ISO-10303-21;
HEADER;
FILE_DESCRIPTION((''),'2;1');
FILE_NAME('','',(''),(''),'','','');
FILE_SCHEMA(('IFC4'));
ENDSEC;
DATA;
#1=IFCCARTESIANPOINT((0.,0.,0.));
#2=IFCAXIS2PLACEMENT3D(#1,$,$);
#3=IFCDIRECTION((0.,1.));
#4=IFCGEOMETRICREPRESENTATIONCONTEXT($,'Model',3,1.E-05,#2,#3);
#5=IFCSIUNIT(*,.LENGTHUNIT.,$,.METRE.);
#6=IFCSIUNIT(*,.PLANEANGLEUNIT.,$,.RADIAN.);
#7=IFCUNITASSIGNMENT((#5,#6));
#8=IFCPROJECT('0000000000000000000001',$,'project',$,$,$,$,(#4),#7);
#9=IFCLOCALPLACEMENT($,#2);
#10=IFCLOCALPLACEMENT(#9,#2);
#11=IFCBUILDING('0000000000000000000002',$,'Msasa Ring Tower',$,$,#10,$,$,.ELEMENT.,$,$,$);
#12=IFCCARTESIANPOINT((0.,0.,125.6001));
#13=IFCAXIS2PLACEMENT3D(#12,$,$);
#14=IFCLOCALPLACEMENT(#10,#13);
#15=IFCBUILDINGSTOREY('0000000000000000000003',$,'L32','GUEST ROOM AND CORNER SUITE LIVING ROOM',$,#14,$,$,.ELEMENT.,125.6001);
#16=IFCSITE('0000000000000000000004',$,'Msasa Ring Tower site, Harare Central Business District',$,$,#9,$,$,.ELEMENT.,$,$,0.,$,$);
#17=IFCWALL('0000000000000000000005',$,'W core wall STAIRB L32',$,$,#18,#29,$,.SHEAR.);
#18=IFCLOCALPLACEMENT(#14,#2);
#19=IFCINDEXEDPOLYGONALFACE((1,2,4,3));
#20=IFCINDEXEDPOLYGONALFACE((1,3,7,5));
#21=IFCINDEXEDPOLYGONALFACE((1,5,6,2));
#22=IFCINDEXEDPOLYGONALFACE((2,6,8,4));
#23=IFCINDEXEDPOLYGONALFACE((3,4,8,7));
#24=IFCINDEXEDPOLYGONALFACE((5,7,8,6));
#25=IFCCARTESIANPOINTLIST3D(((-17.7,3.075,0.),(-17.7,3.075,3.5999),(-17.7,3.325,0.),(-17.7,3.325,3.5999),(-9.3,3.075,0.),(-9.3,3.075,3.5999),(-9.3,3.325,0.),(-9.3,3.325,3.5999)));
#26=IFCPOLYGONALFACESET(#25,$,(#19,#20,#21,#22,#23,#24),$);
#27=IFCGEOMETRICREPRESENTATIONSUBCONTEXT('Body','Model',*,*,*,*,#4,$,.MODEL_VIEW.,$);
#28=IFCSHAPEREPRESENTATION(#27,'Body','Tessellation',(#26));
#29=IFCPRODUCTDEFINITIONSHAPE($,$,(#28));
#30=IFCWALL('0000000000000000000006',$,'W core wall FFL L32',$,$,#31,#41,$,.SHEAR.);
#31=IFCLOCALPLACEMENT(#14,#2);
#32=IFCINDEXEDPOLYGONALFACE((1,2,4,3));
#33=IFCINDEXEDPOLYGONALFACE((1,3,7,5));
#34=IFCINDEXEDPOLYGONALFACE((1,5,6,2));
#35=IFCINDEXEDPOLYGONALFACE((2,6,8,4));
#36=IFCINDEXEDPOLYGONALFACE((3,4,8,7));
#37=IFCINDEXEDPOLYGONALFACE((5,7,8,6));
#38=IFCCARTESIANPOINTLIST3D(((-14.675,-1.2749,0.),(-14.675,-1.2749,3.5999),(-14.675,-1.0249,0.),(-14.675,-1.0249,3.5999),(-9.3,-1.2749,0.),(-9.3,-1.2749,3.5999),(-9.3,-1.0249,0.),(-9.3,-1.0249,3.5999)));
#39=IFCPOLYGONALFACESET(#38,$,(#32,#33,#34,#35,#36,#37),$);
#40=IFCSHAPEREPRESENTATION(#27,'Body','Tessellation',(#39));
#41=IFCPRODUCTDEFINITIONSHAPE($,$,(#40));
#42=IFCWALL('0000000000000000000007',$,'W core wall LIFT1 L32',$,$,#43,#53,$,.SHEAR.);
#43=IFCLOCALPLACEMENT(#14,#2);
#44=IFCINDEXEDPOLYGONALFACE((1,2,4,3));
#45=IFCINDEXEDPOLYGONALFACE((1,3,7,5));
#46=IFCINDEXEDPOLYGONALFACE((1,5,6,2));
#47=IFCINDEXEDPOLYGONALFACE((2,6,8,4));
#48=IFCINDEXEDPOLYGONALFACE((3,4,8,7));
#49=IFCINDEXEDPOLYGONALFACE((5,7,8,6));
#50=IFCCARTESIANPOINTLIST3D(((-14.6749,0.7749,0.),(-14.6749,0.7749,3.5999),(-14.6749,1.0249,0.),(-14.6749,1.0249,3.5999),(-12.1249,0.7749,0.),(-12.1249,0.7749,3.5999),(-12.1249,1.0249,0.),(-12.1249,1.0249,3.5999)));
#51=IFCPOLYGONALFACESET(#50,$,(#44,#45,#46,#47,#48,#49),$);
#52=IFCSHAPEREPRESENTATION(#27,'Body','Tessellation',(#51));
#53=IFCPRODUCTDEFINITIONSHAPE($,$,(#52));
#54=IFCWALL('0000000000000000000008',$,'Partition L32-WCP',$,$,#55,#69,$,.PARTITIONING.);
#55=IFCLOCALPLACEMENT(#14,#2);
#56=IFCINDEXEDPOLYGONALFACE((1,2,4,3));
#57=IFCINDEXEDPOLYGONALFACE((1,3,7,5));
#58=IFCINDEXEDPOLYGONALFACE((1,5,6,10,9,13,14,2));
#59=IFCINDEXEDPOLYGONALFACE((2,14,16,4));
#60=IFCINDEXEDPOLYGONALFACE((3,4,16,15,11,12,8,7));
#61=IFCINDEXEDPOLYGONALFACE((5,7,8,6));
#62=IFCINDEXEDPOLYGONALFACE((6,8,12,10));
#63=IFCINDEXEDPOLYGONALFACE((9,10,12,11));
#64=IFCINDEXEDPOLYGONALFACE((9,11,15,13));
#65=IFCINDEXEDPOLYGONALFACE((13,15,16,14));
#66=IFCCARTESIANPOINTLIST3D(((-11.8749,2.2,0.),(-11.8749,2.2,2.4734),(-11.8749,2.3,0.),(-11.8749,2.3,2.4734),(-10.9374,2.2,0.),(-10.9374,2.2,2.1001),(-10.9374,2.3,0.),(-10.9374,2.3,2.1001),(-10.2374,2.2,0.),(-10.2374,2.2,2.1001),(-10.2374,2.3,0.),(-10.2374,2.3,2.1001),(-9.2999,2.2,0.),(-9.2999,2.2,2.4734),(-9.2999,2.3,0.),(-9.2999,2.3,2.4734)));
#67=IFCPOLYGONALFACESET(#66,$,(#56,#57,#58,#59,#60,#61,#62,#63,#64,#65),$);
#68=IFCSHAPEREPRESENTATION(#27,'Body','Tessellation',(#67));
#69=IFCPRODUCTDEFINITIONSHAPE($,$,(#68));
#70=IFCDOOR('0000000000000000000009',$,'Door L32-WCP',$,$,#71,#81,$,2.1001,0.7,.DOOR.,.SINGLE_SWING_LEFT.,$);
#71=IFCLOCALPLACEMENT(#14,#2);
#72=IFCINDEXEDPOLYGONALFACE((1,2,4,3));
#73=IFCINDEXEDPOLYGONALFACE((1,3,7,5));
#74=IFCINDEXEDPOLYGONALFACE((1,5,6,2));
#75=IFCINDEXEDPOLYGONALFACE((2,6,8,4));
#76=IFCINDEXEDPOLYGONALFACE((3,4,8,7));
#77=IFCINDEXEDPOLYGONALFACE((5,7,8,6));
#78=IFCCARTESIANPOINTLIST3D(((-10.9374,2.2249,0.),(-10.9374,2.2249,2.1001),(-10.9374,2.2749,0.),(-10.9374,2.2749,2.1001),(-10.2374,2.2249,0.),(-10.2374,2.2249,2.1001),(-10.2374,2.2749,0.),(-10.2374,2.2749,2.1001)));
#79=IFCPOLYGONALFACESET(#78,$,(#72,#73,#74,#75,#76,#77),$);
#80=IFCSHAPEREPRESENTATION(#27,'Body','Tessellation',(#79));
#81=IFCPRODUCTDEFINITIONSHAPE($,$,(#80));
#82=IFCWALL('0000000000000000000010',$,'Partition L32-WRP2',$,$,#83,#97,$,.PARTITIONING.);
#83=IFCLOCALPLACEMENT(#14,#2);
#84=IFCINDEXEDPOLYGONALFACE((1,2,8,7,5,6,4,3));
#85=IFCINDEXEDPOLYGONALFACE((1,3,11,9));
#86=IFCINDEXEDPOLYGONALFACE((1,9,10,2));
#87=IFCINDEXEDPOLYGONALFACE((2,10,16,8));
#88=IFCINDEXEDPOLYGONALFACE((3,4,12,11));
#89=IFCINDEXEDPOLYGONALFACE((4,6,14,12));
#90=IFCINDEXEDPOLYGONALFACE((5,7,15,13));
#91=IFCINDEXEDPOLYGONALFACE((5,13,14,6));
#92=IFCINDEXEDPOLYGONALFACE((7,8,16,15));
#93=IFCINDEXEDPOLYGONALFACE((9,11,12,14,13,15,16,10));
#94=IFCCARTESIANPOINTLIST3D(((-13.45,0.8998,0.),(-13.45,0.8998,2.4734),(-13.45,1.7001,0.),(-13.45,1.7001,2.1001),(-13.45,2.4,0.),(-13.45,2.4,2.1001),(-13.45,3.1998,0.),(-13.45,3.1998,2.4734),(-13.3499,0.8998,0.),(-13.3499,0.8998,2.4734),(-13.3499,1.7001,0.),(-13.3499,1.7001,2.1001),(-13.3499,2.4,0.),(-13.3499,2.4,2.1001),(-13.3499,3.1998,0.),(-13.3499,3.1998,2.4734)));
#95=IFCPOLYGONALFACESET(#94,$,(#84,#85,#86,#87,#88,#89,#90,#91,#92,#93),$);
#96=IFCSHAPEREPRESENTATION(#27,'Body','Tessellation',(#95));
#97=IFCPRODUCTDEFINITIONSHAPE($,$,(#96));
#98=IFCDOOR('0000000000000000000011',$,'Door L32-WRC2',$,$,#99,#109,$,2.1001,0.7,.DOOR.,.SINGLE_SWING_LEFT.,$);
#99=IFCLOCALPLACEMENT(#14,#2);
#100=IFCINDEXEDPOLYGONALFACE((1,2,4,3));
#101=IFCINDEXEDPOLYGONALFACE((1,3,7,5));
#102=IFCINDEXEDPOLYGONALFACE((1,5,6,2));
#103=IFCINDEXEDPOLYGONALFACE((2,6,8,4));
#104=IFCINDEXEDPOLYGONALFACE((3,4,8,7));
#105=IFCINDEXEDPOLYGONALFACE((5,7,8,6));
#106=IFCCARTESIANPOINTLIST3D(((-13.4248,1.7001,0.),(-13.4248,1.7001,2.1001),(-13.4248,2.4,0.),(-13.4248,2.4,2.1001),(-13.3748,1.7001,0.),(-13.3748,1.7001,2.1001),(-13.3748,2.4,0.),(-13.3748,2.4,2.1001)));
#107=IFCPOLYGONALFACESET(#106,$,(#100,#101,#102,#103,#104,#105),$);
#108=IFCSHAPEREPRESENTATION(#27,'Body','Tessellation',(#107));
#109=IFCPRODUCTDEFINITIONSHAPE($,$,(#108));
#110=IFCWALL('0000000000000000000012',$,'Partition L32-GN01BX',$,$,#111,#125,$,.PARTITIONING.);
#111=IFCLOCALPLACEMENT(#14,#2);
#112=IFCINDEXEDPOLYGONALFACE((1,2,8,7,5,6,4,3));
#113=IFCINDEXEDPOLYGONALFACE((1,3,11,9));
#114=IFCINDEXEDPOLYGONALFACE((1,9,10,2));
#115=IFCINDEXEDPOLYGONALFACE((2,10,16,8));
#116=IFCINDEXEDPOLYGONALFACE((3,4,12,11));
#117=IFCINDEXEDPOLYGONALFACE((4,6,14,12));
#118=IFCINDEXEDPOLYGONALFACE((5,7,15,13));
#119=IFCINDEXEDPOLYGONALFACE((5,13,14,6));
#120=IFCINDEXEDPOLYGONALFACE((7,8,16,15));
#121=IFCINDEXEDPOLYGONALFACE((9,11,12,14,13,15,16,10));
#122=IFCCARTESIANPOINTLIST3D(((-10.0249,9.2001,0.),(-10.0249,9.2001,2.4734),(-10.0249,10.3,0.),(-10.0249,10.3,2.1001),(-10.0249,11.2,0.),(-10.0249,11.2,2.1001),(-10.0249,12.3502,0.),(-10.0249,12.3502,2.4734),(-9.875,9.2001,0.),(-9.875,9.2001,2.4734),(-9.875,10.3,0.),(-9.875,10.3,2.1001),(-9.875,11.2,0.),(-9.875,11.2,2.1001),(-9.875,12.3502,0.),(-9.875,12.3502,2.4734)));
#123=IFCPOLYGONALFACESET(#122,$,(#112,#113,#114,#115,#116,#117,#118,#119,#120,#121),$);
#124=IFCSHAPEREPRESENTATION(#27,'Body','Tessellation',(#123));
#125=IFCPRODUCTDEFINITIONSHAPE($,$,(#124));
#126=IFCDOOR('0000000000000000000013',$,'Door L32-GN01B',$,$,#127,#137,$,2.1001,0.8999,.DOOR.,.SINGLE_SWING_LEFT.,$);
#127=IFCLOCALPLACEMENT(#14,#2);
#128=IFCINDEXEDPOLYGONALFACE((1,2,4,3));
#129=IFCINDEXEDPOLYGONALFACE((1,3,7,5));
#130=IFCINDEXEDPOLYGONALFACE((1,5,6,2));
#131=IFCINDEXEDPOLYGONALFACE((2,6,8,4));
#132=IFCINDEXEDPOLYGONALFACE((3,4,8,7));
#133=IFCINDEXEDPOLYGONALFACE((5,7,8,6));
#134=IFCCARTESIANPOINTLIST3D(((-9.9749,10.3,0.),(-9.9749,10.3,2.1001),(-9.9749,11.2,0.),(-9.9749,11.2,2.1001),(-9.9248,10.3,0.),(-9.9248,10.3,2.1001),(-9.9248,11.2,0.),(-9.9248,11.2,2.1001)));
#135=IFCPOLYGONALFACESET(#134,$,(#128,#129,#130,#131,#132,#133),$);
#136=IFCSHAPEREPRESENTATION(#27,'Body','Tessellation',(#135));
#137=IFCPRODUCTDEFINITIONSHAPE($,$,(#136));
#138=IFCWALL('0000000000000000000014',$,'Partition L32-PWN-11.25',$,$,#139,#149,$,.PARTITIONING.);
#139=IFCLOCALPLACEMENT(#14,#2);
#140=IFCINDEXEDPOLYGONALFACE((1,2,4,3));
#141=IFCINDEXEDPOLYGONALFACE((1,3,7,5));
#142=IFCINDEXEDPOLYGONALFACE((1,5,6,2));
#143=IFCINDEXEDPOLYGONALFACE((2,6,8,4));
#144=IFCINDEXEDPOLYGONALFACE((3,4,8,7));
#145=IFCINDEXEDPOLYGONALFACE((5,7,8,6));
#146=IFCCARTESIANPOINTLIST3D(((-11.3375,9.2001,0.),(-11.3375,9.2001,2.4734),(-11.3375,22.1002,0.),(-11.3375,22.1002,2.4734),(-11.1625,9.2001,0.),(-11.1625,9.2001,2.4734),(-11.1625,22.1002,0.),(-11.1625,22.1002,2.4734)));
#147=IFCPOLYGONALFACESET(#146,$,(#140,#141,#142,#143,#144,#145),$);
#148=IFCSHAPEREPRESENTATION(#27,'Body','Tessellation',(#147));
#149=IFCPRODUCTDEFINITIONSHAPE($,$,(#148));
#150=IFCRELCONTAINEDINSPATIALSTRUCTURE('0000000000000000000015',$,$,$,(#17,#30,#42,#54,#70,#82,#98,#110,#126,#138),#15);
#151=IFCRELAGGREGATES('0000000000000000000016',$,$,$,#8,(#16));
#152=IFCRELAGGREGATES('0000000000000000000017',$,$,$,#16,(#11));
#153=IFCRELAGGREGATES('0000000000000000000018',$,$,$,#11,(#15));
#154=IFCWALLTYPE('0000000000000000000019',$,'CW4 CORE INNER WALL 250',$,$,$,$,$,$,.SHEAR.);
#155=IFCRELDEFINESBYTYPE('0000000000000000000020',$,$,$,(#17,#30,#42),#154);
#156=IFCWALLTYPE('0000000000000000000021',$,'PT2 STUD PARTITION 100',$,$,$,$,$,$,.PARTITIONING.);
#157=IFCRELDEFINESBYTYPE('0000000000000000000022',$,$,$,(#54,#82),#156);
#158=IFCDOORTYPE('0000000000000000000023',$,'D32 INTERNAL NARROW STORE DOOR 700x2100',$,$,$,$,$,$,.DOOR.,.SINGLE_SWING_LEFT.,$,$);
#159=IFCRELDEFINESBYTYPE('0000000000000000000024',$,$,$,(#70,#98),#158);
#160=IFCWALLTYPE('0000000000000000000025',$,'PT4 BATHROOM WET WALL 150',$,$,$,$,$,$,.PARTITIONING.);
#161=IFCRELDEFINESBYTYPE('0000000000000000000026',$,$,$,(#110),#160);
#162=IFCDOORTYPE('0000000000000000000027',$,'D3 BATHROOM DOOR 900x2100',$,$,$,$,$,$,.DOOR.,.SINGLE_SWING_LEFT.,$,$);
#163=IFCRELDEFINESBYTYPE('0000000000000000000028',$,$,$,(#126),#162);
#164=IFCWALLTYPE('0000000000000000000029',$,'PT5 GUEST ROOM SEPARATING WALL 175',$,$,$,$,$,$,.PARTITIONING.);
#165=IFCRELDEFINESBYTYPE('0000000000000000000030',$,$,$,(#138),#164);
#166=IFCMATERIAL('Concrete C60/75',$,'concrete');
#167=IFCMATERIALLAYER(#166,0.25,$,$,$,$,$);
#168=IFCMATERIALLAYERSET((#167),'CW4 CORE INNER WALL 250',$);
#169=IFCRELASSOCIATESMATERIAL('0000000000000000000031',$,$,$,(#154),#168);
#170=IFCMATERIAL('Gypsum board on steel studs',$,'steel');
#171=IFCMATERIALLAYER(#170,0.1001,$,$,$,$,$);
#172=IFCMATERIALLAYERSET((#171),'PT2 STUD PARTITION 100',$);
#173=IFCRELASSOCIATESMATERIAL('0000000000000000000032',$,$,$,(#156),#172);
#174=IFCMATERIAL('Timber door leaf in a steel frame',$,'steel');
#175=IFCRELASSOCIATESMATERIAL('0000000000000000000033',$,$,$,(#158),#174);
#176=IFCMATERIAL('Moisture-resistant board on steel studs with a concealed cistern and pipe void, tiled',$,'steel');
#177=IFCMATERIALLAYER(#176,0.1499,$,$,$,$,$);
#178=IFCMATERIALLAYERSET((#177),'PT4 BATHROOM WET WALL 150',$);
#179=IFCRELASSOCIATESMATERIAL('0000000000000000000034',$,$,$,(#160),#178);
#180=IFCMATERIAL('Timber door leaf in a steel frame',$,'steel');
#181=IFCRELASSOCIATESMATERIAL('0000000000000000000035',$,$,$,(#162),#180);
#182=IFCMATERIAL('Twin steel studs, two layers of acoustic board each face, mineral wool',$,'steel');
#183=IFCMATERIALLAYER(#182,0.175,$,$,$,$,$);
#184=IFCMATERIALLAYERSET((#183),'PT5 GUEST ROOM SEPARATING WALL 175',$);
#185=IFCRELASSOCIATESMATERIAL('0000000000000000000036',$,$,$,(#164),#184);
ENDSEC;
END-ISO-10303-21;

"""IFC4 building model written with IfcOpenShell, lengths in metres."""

from ifc_helpers import new_model, si_unit, direction, frame, frame_2d, origin, place, context, subcontext, project, spatial, rectangle, extrude, material, layer, layer_set, type_object, element, fill, save


model = new_model("IFC4")

# Units and contexts
model_context = context("Model", 3, precision=1e-05, world=origin(), true_north=direction((0.0, 1.0)))
body_context = subcontext(model_context, "Body", "Model", "MODEL_VIEW")
ifc_project = project(units=[si_unit("LENGTHUNIT", "METRE"), si_unit("PLANEANGLEUNIT", "RADIAN")], contexts=[model_context])

# Site, building, storey
site_placement = place(None, origin())
site = spatial("IfcSite", under=ifc_project, at=site_placement, Name="Msasa Ring Tower site, Harare Central Business District", CompositionType="ELEMENT", RefElevation=0.0)
building_placement = place(site_placement, origin())
building = spatial("IfcBuilding", under=site, at=building_placement, Name="Msasa Ring Tower", CompositionType="ELEMENT")
storey_placement = place(building_placement, frame((0.0, 0.0, 125.6001)))
storey = spatial("IfcBuildingStorey", under=building, at=storey_placement, Name="L32", Description="GUEST ROOM AND CORNER SUITE LIVING ROOM", CompositionType="ELEMENT", Elevation=125.6001)

# Walls
ifc_material_1 = material(Name="Concrete C60/75", Category="concrete")
ifc_layer_1 = layer(ifc_material_1, 0.25)
ifc_layer_set_1 = layer_set([ifc_layer_1], Name="CW4 CORE INNER WALL 250")
wall_type_1 = type_object("IfcWallType", Name="CW4 CORE INNER WALL 250", PredefinedType="SHEAR", material=ifc_layer_set_1)
wall_1_placement = place(storey_placement, frame((-9.3, 3.2, 0.0), z_axis=(0.0, 0.0, 1.0), x_axis=(-1.0, 0.0, 0.0)))
element("IfcWall", 1, at=wall_1_placement, inside=storey, type_object=wall_type_1, Name="W core wall STAIRB L32", PredefinedType="SHEAR", context=body_context, shape_type="SweptSolid", body=[
    extrude(rectangle(XDim=8.3999, YDim=0.25, at=frame_2d((4.2, 0.0))), origin(), (0.0, 0.0, 1.0), 3.5999),
])
wall_2_placement = place(storey_placement, frame((-9.3, -1.1499, 0.0), z_axis=(0.0, 0.0, 1.0), x_axis=(-1.0, 0.0, 0.0)))
element("IfcWall", 2, at=wall_2_placement, inside=storey, type_object=wall_type_1, Name="W core wall FFL L32", PredefinedType="SHEAR", context=body_context, shape_type="SweptSolid", body=[
    extrude(rectangle(XDim=5.375, YDim=0.25, at=frame_2d((2.6875, 0.0))), origin(), (0.0, 0.0, 1.0), 3.5999),
])
wall_3_placement = place(storey_placement, frame((-12.125, 0.8999, 0.0), z_axis=(0.0, 0.0, 1.0), x_axis=(-1.0, 0.0, 0.0)))
element("IfcWall", 3, at=wall_3_placement, inside=storey, type_object=wall_type_1, Name="W core wall LIFT1 L32", PredefinedType="SHEAR", context=body_context, shape_type="SweptSolid", body=[
    extrude(rectangle(XDim=2.55, YDim=0.25, at=frame_2d((1.2749, 0.0))), origin(), (0.0, 0.0, 1.0), 3.5999),
])

# Walls, openings, doors
ifc_material_2 = material(Name="Gypsum board on steel studs", Category="steel")
ifc_layer_2 = layer(ifc_material_2, 0.1001)
ifc_layer_set_2 = layer_set([ifc_layer_2], Name="PT2 STUD PARTITION 100")
wall_type_2 = type_object("IfcWallType", Name="PT2 STUD PARTITION 100", PredefinedType="PARTITIONING", material=ifc_layer_set_2)
wall_4_placement = place(storey_placement, frame((-11.875, 2.25, 0.0), z_axis=(0.0, 0.0, 1.0), x_axis=(1.0, 0.0, 0.0)))
wall_4 = element("IfcWall", 4, at=wall_4_placement, inside=storey, type_object=wall_type_2, Name="Partition L32-WCP", PredefinedType="PARTITIONING", context=body_context, shape_type="SweptSolid", body=[
    extrude(rectangle(XDim=2.575, YDim=0.1001, at=frame_2d((1.2876, 0.0))), origin(), (0.0, 0.0, 1.0), 2.4734),
])
opening_1_placement = place(wall_4_placement, frame((0.9375, 0.0, 0.0)))
opening_1 = element("IfcOpeningElement", 5, at=opening_1_placement, cuts=wall_4, PredefinedType="OPENING", context=body_context, shape_type="SweptSolid", body=[
    extrude(rectangle(XDim=0.7, YDim=2.1001, at=frame_2d((0.3501, 1.05))), frame((0.0, 0.0601, 0.0), z_axis=(0.0, -1.0, 0.0), x_axis=(1.0, 0.0, 0.0)), (0.0, 0.0, 1.0), 0.1201),
])
ifc_material_3 = material(Name="Timber door leaf in a steel frame", Category="steel")
door_type_1 = type_object("IfcDoorType", Name="D32 INTERNAL NARROW STORE DOOR 700x2100", OperationType="SINGLE_SWING_LEFT", PredefinedType="DOOR", material=ifc_material_3)
door_1_placement = place(opening_1_placement, origin())
door_1 = element("IfcDoor", 6, at=door_1_placement, inside=storey, type_object=door_type_1, Name="Door L32-WCP", OperationType="SINGLE_SWING_LEFT", OverallHeight=2.1001, OverallWidth=0.7, PredefinedType="DOOR", context=body_context, shape_type="SweptSolid", body=[
    extrude(rectangle(XDim=0.7, YDim=2.1001, at=frame_2d((0.3501, 1.05))), frame((0.0, 0.0249, 0.0), z_axis=(0.0, -1.0, 0.0), x_axis=(1.0, 0.0, 0.0)), (0.0, 0.0, 1.0), 0.05),
])
fill(opening_1, door_1)
wall_5_placement = place(storey_placement, frame((-13.3999, 0.8999, 0.0), z_axis=(0.0, 0.0, 1.0), x_axis=(0.0, 1.0, 0.0)))
wall_5 = element("IfcWall", 7, at=wall_5_placement, inside=storey, type_object=wall_type_2, Name="Partition L32-WRP2", PredefinedType="PARTITIONING", context=body_context, shape_type="SweptSolid", body=[
    extrude(rectangle(XDim=2.3, YDim=0.1001, at=frame_2d((1.1499, 0.0))), origin(), (0.0, 0.0, 1.0), 2.4734),
])
opening_2_placement = place(wall_5_placement, frame((0.8, 0.0, 0.0)))
opening_2 = element("IfcOpeningElement", 8, at=opening_2_placement, cuts=wall_5, PredefinedType="OPENING", context=body_context, shape_type="SweptSolid", body=[
    extrude(rectangle(XDim=0.7, YDim=2.1001, at=frame_2d((0.3501, 1.05))), frame((0.0, 0.0601, 0.0), z_axis=(0.0, -1.0, 0.0), x_axis=(1.0, 0.0, 0.0)), (0.0, 0.0, 1.0), 0.1201),
])
door_2_placement = place(opening_2_placement, origin())
door_2 = element("IfcDoor", 9, at=door_2_placement, inside=storey, type_object=door_type_1, Name="Door L32-WRC2", OperationType="SINGLE_SWING_LEFT", OverallHeight=2.1001, OverallWidth=0.7, PredefinedType="DOOR", context=body_context, shape_type="SweptSolid", body=[
    extrude(rectangle(XDim=0.7, YDim=2.1001, at=frame_2d((0.3501, 1.05))), frame((0.0, 0.0249, 0.0), z_axis=(0.0, -1.0, 0.0), x_axis=(1.0, 0.0, 0.0)), (0.0, 0.0, 1.0), 0.05),
])
fill(opening_2, door_2)
ifc_material_4 = material(Name="Moisture-resistant board on steel studs with a concealed cistern and pipe void, tiled", Category="steel")
ifc_layer_3 = layer(ifc_material_4, 0.1499)
ifc_layer_set_3 = layer_set([ifc_layer_3], Name="PT4 BATHROOM WET WALL 150")
wall_type_3 = type_object("IfcWallType", Name="PT4 BATHROOM WET WALL 150", PredefinedType="PARTITIONING", material=ifc_layer_set_3)
wall_6_placement = place(storey_placement, frame((-9.95, 9.2, 0.0), z_axis=(0.0, 0.0, 1.0), x_axis=(0.0, 1.0, 0.0)))
wall_6 = element("IfcWall", 10, at=wall_6_placement, inside=storey, type_object=wall_type_3, Name="Partition L32-GN01BX", PredefinedType="PARTITIONING", context=body_context, shape_type="SweptSolid", body=[
    extrude(rectangle(XDim=3.1501, YDim=0.1499, at=frame_2d((1.5752, 0.0))), origin(), (0.0, 0.0, 1.0), 2.4734),
])
opening_3_placement = place(wall_6_placement, frame((1.1001, 0.0, 0.0)))
opening_3 = element("IfcOpeningElement", 11, at=opening_3_placement, cuts=wall_6, PredefinedType="OPENING", context=body_context, shape_type="SweptSolid", body=[
    extrude(rectangle(XDim=0.8999, YDim=2.1001, at=frame_2d((0.45, 1.05))), frame((0.0, 0.085, 0.0), z_axis=(0.0, -1.0, 0.0), x_axis=(1.0, 0.0, 0.0)), (0.0, 0.0, 1.0), 0.1699),
])
ifc_material_5 = material(Name="Timber door leaf in a steel frame", Category="steel")
door_type_2 = type_object("IfcDoorType", Name="D3 BATHROOM DOOR 900x2100", OperationType="SINGLE_SWING_LEFT", PredefinedType="DOOR", material=ifc_material_5)
door_3_placement = place(opening_3_placement, origin())
door_3 = element("IfcDoor", 12, at=door_3_placement, inside=storey, type_object=door_type_2, Name="Door L32-GN01B", OperationType="SINGLE_SWING_LEFT", OverallHeight=2.1001, OverallWidth=0.8999, PredefinedType="DOOR", context=body_context, shape_type="SweptSolid", body=[
    extrude(rectangle(XDim=0.8999, YDim=2.1001, at=frame_2d((0.45, 1.05))), frame((0.0, 0.0249, 0.0), z_axis=(0.0, -1.0, 0.0), x_axis=(1.0, 0.0, 0.0)), (0.0, 0.0, 1.0), 0.05),
])
fill(opening_3, door_3)

# Wall
ifc_material_6 = material(Name="Twin steel studs, two layers of acoustic board each face, mineral wool", Category="steel")
ifc_layer_4 = layer(ifc_material_6, 0.175)
ifc_layer_set_4 = layer_set([ifc_layer_4], Name="PT5 GUEST ROOM SEPARATING WALL 175")
wall_type_4 = type_object("IfcWallType", Name="PT5 GUEST ROOM SEPARATING WALL 175", PredefinedType="PARTITIONING", material=ifc_layer_set_4)
wall_7_placement = place(storey_placement, frame((-11.25, 9.2, 0.0), z_axis=(0.0, 0.0, 1.0), x_axis=(0.0, 1.0, 0.0)))
element("IfcWall", 13, at=wall_7_placement, inside=storey, type_object=wall_type_4, Name="Partition L32-PWN-11.25", PredefinedType="PARTITIONING", context=body_context, shape_type="SweptSolid", body=[
    extrude(rectangle(XDim=12.9001, YDim=0.175, at=frame_2d((6.4502, 0.0))), origin(), (0.0, 0.0, 1.0), 2.4734),
])

save(model, "model.ifc")
